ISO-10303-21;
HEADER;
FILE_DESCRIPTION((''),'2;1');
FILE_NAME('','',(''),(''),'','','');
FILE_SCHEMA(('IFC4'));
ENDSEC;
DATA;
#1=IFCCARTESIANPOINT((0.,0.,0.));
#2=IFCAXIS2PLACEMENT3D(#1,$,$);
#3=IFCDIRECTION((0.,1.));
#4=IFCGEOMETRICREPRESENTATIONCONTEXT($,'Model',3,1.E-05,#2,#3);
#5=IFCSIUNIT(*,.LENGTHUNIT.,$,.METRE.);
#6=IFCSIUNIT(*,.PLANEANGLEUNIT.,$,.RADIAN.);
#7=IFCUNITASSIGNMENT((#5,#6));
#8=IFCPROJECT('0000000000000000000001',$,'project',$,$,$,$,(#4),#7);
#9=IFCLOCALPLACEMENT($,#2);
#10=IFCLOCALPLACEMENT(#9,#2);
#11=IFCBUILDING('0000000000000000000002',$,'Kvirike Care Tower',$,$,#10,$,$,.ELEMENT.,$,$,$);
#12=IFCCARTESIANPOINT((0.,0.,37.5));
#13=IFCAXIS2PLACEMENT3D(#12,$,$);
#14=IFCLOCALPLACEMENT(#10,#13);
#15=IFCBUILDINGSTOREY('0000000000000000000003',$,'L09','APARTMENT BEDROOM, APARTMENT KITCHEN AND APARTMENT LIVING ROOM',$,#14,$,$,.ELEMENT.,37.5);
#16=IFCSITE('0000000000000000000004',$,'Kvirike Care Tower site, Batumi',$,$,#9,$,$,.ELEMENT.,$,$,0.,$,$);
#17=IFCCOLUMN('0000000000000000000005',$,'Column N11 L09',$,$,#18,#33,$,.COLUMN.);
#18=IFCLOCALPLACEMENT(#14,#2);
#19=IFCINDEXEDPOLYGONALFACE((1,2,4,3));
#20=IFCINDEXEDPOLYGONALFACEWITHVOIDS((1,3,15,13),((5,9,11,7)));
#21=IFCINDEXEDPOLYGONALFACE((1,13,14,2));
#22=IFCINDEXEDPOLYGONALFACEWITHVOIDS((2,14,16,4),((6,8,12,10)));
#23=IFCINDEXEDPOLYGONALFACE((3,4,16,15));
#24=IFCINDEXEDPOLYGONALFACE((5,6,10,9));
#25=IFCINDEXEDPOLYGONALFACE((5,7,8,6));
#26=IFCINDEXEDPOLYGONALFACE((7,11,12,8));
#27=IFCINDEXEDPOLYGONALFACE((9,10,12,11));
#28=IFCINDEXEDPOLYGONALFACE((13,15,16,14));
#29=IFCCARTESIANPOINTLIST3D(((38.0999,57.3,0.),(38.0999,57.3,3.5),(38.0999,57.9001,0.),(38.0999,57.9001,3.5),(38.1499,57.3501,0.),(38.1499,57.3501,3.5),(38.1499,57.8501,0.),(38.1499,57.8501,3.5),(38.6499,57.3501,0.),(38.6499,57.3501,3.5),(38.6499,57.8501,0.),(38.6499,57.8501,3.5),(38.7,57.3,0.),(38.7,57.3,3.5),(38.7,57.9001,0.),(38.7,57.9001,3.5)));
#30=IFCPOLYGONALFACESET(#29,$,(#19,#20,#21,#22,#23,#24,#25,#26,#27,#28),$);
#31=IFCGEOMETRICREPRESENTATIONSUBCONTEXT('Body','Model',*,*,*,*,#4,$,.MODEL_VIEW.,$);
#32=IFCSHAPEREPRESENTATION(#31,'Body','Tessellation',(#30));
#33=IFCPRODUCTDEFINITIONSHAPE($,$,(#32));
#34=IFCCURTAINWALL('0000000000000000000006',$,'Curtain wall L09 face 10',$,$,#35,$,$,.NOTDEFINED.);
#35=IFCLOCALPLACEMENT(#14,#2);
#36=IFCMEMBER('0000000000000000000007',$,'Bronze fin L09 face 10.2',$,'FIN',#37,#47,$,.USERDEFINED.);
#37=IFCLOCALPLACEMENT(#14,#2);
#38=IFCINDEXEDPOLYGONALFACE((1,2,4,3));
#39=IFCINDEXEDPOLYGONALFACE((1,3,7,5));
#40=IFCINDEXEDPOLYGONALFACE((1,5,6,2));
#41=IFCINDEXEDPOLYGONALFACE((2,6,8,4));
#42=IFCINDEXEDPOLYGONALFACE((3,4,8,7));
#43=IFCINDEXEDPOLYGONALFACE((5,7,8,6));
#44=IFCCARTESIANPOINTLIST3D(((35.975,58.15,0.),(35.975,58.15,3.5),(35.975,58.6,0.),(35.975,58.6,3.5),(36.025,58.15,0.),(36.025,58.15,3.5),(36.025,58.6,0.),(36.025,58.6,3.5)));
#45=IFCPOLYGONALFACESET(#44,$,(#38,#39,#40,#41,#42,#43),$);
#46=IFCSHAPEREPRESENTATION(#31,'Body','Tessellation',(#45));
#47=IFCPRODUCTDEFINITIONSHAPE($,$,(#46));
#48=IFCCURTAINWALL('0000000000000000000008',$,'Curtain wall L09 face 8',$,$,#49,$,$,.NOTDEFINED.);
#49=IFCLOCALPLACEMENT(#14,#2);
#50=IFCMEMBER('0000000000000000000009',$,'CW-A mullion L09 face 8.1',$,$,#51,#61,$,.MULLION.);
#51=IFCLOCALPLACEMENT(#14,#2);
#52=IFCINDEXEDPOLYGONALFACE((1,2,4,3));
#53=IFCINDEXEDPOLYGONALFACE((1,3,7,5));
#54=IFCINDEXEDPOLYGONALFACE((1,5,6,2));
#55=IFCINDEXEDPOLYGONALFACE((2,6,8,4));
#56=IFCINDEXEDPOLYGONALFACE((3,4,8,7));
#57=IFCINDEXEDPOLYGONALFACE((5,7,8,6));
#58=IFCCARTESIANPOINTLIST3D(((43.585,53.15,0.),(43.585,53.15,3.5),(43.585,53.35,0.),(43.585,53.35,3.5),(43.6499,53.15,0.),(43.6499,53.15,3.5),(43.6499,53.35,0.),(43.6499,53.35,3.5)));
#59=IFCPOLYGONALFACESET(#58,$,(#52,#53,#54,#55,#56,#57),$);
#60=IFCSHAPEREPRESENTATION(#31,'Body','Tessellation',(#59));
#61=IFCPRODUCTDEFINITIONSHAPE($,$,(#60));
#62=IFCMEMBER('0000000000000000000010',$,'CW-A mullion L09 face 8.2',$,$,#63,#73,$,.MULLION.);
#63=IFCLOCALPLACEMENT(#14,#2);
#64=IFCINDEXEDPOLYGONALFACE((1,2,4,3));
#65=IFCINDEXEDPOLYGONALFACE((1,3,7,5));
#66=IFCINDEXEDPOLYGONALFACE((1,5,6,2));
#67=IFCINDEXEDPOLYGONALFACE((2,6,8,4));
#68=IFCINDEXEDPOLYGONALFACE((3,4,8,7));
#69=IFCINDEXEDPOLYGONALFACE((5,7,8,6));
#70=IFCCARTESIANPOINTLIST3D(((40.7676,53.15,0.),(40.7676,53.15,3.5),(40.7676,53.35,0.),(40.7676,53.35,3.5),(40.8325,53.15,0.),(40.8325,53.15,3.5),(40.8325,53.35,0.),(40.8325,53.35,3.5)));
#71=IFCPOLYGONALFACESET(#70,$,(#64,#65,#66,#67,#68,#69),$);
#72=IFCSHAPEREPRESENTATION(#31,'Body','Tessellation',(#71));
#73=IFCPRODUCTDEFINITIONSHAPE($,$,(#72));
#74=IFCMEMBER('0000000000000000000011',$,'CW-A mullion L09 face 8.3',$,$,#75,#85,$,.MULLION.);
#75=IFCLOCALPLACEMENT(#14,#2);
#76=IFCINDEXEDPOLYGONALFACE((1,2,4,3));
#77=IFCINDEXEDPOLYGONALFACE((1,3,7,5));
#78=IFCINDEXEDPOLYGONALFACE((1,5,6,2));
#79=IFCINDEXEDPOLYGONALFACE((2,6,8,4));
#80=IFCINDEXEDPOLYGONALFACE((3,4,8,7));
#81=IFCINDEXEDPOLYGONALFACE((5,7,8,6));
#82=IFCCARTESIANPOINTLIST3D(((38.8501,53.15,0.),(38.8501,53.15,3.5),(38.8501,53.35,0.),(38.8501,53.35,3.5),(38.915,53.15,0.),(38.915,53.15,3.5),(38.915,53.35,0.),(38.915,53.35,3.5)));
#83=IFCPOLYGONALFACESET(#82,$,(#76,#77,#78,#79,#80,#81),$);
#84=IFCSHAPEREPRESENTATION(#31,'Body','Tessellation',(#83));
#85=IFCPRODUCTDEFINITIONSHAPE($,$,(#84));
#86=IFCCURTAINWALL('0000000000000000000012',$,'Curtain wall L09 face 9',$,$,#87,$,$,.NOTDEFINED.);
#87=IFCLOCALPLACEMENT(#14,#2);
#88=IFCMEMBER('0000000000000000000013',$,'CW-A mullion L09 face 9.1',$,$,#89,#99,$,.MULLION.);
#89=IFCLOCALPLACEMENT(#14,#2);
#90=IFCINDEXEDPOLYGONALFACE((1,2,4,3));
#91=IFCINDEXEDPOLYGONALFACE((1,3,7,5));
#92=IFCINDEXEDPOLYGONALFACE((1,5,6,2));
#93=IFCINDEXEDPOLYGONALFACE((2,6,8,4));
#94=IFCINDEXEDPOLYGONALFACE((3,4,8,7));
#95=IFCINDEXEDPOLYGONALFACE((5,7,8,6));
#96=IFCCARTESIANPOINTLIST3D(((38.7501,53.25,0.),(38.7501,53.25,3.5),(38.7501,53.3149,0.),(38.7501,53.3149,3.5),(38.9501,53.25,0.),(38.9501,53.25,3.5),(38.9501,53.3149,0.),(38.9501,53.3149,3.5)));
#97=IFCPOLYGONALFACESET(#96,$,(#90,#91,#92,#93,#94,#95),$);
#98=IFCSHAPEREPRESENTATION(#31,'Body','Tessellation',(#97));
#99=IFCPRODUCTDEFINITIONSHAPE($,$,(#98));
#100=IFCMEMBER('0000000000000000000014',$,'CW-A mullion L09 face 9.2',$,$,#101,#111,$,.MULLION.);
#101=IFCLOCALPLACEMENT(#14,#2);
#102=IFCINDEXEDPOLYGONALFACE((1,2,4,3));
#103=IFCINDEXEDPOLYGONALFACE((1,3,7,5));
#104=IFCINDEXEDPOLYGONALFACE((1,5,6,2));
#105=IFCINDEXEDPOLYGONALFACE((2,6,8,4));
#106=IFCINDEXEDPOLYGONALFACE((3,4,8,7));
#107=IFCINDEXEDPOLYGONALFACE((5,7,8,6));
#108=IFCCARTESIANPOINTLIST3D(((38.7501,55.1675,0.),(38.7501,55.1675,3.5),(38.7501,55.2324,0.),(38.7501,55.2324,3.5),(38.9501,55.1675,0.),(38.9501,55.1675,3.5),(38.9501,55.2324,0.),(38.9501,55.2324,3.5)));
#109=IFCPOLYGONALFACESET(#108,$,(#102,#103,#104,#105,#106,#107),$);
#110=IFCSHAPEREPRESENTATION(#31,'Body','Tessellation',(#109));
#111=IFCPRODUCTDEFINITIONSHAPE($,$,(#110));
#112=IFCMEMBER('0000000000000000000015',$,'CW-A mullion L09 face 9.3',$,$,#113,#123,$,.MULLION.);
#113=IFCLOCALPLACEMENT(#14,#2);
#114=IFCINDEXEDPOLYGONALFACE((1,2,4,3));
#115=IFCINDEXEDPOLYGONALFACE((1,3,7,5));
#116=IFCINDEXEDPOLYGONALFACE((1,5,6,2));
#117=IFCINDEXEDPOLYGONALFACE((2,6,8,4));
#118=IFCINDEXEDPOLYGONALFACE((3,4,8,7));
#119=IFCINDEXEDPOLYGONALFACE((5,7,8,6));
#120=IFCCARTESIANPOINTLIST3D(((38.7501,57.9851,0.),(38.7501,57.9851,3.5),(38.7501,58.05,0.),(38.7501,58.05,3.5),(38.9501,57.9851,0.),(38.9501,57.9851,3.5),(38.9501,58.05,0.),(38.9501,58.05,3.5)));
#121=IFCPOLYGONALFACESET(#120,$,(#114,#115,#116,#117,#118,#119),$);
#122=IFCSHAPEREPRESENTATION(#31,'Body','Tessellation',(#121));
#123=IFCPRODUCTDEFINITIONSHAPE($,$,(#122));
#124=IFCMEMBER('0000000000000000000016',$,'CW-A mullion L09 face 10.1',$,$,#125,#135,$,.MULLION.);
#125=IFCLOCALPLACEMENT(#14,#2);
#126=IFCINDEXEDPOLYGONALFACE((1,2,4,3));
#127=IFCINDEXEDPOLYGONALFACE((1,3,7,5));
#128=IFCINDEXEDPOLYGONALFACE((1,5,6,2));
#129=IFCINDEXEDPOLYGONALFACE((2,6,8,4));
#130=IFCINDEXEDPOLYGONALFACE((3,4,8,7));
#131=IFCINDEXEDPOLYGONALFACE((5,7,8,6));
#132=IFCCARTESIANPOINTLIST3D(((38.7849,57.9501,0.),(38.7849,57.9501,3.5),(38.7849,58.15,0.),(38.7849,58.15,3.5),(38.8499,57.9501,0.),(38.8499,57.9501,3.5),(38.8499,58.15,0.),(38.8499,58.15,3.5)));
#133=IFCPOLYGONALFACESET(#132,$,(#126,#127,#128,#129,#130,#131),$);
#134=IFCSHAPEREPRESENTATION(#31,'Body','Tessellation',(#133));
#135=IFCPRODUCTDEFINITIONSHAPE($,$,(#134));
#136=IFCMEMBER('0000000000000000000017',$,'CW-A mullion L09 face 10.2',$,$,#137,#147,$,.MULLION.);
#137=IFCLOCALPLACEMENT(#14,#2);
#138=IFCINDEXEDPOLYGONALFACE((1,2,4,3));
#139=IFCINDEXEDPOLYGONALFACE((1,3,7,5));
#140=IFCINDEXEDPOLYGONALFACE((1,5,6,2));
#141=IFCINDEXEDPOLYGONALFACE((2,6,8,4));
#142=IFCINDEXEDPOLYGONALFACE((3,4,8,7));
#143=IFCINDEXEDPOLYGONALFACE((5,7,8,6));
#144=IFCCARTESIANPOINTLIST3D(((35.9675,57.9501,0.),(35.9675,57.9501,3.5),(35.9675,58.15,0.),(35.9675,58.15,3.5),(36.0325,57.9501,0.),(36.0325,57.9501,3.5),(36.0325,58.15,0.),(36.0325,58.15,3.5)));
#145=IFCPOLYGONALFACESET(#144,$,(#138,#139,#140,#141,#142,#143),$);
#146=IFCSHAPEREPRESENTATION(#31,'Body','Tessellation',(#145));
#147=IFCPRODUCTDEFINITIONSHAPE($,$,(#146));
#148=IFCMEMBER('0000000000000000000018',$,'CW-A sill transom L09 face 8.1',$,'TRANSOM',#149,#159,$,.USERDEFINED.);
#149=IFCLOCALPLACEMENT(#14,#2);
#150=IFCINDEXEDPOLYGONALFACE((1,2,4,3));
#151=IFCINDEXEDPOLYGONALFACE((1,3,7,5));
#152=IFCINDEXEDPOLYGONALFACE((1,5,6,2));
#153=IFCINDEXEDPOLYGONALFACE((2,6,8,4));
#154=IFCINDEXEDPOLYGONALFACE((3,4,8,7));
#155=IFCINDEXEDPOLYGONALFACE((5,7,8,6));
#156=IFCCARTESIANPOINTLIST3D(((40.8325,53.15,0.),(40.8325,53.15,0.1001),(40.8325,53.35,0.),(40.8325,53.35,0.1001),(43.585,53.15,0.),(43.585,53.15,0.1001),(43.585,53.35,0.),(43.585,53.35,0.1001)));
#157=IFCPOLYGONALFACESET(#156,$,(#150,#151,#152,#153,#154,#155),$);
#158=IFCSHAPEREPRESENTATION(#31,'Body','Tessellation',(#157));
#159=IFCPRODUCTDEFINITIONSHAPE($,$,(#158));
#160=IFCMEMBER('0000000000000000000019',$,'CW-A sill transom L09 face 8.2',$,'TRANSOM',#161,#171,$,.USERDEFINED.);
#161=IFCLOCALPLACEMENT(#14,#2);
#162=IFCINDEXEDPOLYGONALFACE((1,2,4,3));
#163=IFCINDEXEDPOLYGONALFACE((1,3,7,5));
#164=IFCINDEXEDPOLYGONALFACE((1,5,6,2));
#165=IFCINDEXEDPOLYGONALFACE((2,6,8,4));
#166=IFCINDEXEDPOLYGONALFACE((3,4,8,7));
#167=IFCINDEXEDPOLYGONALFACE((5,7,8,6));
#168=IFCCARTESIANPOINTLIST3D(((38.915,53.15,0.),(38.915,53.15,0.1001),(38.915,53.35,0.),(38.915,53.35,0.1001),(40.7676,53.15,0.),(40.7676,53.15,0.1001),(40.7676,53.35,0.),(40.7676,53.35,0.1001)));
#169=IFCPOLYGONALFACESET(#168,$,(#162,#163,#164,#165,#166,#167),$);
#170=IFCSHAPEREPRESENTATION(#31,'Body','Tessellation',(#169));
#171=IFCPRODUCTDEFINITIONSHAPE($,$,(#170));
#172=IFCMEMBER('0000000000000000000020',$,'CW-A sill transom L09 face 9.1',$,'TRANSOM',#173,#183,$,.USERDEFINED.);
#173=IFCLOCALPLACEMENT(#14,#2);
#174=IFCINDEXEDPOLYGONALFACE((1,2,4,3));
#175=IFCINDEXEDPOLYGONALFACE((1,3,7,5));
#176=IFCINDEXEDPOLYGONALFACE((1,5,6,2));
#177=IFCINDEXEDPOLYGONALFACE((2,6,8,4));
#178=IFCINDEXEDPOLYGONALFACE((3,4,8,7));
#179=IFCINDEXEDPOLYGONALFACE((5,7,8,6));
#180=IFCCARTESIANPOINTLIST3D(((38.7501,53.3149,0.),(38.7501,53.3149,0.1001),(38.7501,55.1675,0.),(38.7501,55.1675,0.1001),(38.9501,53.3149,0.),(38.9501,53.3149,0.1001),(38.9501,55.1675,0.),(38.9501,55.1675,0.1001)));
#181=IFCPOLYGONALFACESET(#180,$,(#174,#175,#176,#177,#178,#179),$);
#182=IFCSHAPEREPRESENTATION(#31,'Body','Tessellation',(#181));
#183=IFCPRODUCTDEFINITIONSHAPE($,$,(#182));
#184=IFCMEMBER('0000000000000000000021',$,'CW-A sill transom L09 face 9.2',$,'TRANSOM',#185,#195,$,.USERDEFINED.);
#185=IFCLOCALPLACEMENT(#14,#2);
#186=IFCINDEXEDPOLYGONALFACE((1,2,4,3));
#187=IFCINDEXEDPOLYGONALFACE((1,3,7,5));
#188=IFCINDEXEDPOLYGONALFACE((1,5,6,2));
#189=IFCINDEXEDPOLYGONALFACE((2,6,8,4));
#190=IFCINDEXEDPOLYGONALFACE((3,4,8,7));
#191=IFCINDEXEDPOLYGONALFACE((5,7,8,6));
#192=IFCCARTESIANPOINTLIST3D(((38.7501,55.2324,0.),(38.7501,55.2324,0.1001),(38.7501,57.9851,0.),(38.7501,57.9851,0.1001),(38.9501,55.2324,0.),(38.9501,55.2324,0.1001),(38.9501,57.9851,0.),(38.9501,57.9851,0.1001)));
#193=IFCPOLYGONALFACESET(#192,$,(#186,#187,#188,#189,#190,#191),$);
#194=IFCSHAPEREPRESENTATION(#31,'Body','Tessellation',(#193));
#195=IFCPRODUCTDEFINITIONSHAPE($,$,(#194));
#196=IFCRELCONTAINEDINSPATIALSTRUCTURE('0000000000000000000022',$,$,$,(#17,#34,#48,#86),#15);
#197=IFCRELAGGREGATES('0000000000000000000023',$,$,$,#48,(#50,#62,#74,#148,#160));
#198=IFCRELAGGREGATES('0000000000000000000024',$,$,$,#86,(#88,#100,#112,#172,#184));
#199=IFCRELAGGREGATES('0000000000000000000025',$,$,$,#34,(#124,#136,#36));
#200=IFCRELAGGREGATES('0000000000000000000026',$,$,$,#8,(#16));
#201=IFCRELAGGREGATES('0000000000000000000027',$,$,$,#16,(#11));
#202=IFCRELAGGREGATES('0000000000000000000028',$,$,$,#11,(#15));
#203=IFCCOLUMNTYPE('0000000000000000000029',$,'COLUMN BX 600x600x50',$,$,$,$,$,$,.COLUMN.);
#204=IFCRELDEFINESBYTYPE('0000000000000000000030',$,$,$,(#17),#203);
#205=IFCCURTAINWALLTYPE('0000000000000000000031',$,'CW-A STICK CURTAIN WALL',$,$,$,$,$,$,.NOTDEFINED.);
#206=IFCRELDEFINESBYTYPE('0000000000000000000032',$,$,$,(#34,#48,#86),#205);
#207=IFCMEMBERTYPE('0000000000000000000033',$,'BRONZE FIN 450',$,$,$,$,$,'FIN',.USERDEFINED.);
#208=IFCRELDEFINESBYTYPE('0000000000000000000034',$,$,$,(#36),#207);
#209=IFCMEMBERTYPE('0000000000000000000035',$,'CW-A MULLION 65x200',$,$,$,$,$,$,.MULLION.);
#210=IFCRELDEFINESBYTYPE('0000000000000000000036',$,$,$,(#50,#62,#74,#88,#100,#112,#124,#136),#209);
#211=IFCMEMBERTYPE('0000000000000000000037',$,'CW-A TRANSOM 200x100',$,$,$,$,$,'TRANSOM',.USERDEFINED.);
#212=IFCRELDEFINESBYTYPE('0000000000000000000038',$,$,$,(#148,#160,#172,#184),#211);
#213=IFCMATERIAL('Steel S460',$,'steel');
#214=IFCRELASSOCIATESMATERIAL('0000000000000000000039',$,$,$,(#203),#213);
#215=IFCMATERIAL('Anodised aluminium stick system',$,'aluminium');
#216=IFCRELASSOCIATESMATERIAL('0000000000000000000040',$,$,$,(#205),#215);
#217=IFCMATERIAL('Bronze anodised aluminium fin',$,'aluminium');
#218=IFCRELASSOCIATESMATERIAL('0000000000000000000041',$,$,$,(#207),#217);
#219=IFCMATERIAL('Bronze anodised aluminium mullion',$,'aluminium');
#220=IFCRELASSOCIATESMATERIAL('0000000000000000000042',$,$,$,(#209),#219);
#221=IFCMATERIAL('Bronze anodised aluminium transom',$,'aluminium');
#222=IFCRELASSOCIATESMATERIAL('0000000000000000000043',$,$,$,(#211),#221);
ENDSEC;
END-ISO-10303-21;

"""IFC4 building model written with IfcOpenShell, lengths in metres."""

from ifc_helpers import new_model, si_unit, direction, frame, origin, origin_2d, place, context, subcontext, project, spatial, rectangle, hollow_rectangle, extrude, material, material_profile, profile_set, type_object, element, aggregate, save


model = new_model("IFC4")

# Units and contexts
model_context = context("Model", 3, precision=1e-05, world=origin(), true_north=direction((0.0, 1.0)))
body_context = subcontext(model_context, "Body", "Model", "MODEL_VIEW")
ifc_project = project(units=[si_unit("LENGTHUNIT", "METRE"), si_unit("PLANEANGLEUNIT", "RADIAN")], contexts=[model_context])

# Site, building, storey
site_placement = place(None, origin())
site = spatial("IfcSite", under=ifc_project, at=site_placement, Name="Kvirike Care Tower site, Batumi", CompositionType="ELEMENT", RefElevation=0.0)
building_placement = place(site_placement, origin())
building = spatial("IfcBuilding", under=site, at=building_placement, Name="Kvirike Care Tower", CompositionType="ELEMENT")
storey_placement = place(building_placement, frame((0.0, 0.0, 37.5)))
storey = spatial("IfcBuildingStorey", under=building, at=storey_placement, Name="L09", Description="APARTMENT BEDROOM, APARTMENT KITCHEN AND APARTMENT LIVING ROOM", CompositionType="ELEMENT", Elevation=37.5)

# Column
ifc_material_1 = material(Name="Steel S460", Category="steel")
ifc_material_profile_1 = material_profile(ifc_material_1, hollow_rectangle(XDim=0.6001, YDim=0.6001, WallThickness=0.05, at=origin_2d()), Name="BX 600x600x50")
ifc_profile_set_1 = profile_set([ifc_material_profile_1], Name="Steel S460")
column_type = type_object("IfcColumnType", Name="COLUMN BX 600x600x50", PredefinedType="COLUMN", material=ifc_profile_set_1)
column_placement = place(storey_placement, frame((38.3999, 57.6001, 0.0), z_axis=(0.0, 0.0, 1.0), x_axis=(0.0, 1.0, 0.0)))
element("IfcColumn", 1, at=column_placement, inside=storey, type_object=column_type, Name="Column N11 L09", PredefinedType="COLUMN", context=body_context, shape_type="SweptSolid", body=[
    extrude(hollow_rectangle(XDim=0.6001, YDim=0.6001, WallThickness=0.05, at=origin_2d()), origin(), (0.0, 0.0, 1.0), 3.5),
])

# Curtain wall, member
ifc_material_2 = material(Name="Anodised aluminium stick system", Category="aluminium")
curtain_wall_type = type_object("IfcCurtainWallType", Name="CW-A STICK CURTAIN WALL", PredefinedType="NOTDEFINED", material=ifc_material_2)
curtain_wall_1_placement = place(storey_placement, origin())
curtain_wall_1 = element("IfcCurtainWall", 2, at=curtain_wall_1_placement, inside=storey, type_object=curtain_wall_type, Name="Curtain wall L09 face 10", PredefinedType="NOTDEFINED")
ifc_material_3 = material(Name="Bronze anodised aluminium fin", Category="aluminium")
ifc_material_profile_2 = material_profile(ifc_material_3, rectangle(XDim=0.05, YDim=0.45, at=origin_2d()), Name="BRONZE FIN 450")
ifc_profile_set_2 = profile_set([ifc_material_profile_2], Name="Bronze anodised aluminium fin")
member_type_1 = type_object("IfcMemberType", Name="BRONZE FIN 450", ElementType="FIN", PredefinedType="USERDEFINED", material=ifc_profile_set_2)
member_1_placement = place(storey_placement, frame((36.0, 58.375, 0.0), z_axis=(0.0, 0.0, 1.0), x_axis=(-1.0, 0.0, 0.0)))
member_1 = element("IfcMember", 3, at=member_1_placement, type_object=member_type_1, Name="Bronze fin L09 face 10.2", ObjectType="FIN", PredefinedType="USERDEFINED", context=body_context, shape_type="SweptSolid", body=[
    extrude(rectangle(XDim=0.05, YDim=0.45, at=origin_2d()), origin(), (0.0, 0.0, 1.0), 3.5),
])

# Curtain walls, members
curtain_wall_2_placement = place(storey_placement, origin())
curtain_wall_2 = element("IfcCurtainWall", 4, at=curtain_wall_2_placement, inside=storey, type_object=curtain_wall_type, Name="Curtain wall L09 face 8", PredefinedType="NOTDEFINED")
ifc_material_4 = material(Name="Bronze anodised aluminium mullion", Category="aluminium")
ifc_material_profile_3 = material_profile(ifc_material_4, rectangle(XDim=0.0649, YDim=0.2, at=origin_2d()), Name="CW-A MULLION 65x200")
ifc_profile_set_3 = profile_set([ifc_material_profile_3], Name="Bronze anodised aluminium mullion")
member_type_2 = type_object("IfcMemberType", Name="CW-A MULLION 65x200", PredefinedType="MULLION", material=ifc_profile_set_3)
member_2_placement = place(storey_placement, frame((43.6174, 53.25, 0.0), z_axis=(0.0, 0.0, 1.0), x_axis=(-1.0, 0.0, 0.0)))
member_2 = element("IfcMember", 5, at=member_2_placement, type_object=member_type_2, Name="CW-A mullion L09 face 8.1", PredefinedType="MULLION", context=body_context, shape_type="SweptSolid", body=[
    extrude(rectangle(XDim=0.0649, YDim=0.2, at=origin_2d()), origin(), (0.0, 0.0, 1.0), 3.5),
])
member_3_placement = place(storey_placement, frame((40.8, 53.25, 0.0), z_axis=(0.0, 0.0, 1.0), x_axis=(-1.0, 0.0, 0.0)))
member_3 = element("IfcMember", 6, at=member_3_placement, type_object=member_type_2, Name="CW-A mullion L09 face 8.2", PredefinedType="MULLION", context=body_context, shape_type="SweptSolid", body=[
    extrude(rectangle(XDim=0.0649, YDim=0.2, at=origin_2d()), origin(), (0.0, 0.0, 1.0), 3.5),
])
member_4_placement = place(storey_placement, frame((38.8826, 53.25, 0.0), z_axis=(0.0, 0.0, 1.0), x_axis=(-1.0, 0.0, 0.0)))
member_4 = element("IfcMember", 7, at=member_4_placement, type_object=member_type_2, Name="CW-A mullion L09 face 8.3", PredefinedType="MULLION", context=body_context, shape_type="SweptSolid", body=[
    extrude(rectangle(XDim=0.0649, YDim=0.2, at=origin_2d()), origin(), (0.0, 0.0, 1.0), 3.5),
])
curtain_wall_3_placement = place(storey_placement, origin())
curtain_wall_3 = element("IfcCurtainWall", 8, at=curtain_wall_3_placement, inside=storey, type_object=curtain_wall_type, Name="Curtain wall L09 face 9", PredefinedType="NOTDEFINED")
member_5_placement = place(storey_placement, frame((38.8501, 53.2825, 0.0), z_axis=(0.0, 0.0, 1.0), x_axis=(0.0, 1.0, 0.0)))
member_5 = element("IfcMember", 9, at=member_5_placement, type_object=member_type_2, Name="CW-A mullion L09 face 9.1", PredefinedType="MULLION", context=body_context, shape_type="SweptSolid", body=[
    extrude(rectangle(XDim=0.0649, YDim=0.2, at=origin_2d()), origin(), (0.0, 0.0, 1.0), 3.5),
])
member_6_placement = place(storey_placement, frame((38.8501, 55.2, 0.0), z_axis=(0.0, 0.0, 1.0), x_axis=(0.0, 1.0, 0.0)))
member_6 = element("IfcMember", 10, at=member_6_placement, type_object=member_type_2, Name="CW-A mullion L09 face 9.2", PredefinedType="MULLION", context=body_context, shape_type="SweptSolid", body=[
    extrude(rectangle(XDim=0.0649, YDim=0.2, at=origin_2d()), origin(), (0.0, 0.0, 1.0), 3.5),
])
member_7_placement = place(storey_placement, frame((38.8501, 58.0176, 0.0), z_axis=(0.0, 0.0, 1.0), x_axis=(0.0, 1.0, 0.0)))
member_7 = element("IfcMember", 11, at=member_7_placement, type_object=member_type_2, Name="CW-A mullion L09 face 9.3", PredefinedType="MULLION", context=body_context, shape_type="SweptSolid", body=[
    extrude(rectangle(XDim=0.0649, YDim=0.2, at=origin_2d()), origin(), (0.0, 0.0, 1.0), 3.5),
])

# Members
member_8_placement = place(storey_placement, frame((38.8174, 58.05, 0.0), z_axis=(0.0, 0.0, 1.0), x_axis=(-1.0, 0.0, 0.0)))
member_8 = element("IfcMember", 12, at=member_8_placement, type_object=member_type_2, Name="CW-A mullion L09 face 10.1", PredefinedType="MULLION", context=body_context, shape_type="SweptSolid", body=[
    extrude(rectangle(XDim=0.0649, YDim=0.2, at=origin_2d()), origin(), (0.0, 0.0, 1.0), 3.5),
])
member_9_placement = place(storey_placement, frame((36.0, 58.05, 0.0), z_axis=(0.0, 0.0, 1.0), x_axis=(-1.0, 0.0, 0.0)))
member_9 = element("IfcMember", 13, at=member_9_placement, type_object=member_type_2, Name="CW-A mullion L09 face 10.2", PredefinedType="MULLION", context=body_context, shape_type="SweptSolid", body=[
    extrude(rectangle(XDim=0.0649, YDim=0.2, at=origin_2d()), origin(), (0.0, 0.0, 1.0), 3.5),
])
ifc_material_5 = material(Name="Bronze anodised aluminium transom", Category="aluminium")
ifc_material_profile_4 = material_profile(ifc_material_5, rectangle(XDim=0.2, YDim=0.1001, at=origin_2d()), Name="CW-A TRANSOM 200x100")
ifc_profile_set_4 = profile_set([ifc_material_profile_4], Name="Bronze anodised aluminium transom")
member_type_3 = type_object("IfcMemberType", Name="CW-A TRANSOM 200x100", ElementType="TRANSOM", PredefinedType="USERDEFINED", material=ifc_profile_set_4)
member_10_placement = place(storey_placement, frame((43.585, 53.25, 0.05), z_axis=(-1.0, 0.0, 0.0), x_axis=(0.0, -1.0, 0.0)))
member_10 = element("IfcMember", 14, at=member_10_placement, type_object=member_type_3, Name="CW-A sill transom L09 face 8.1", ObjectType="TRANSOM", PredefinedType="USERDEFINED", context=body_context, shape_type="SweptSolid", body=[
    extrude(rectangle(XDim=0.2, YDim=0.1001, at=origin_2d()), origin(), (0.0, 0.0, 1.0), 2.7524),
])
member_11_placement = place(storey_placement, frame((40.7676, 53.25, 0.05), z_axis=(-1.0, 0.0, 0.0), x_axis=(0.0, -1.0, 0.0)))
member_11 = element("IfcMember", 15, at=member_11_placement, type_object=member_type_3, Name="CW-A sill transom L09 face 8.2", ObjectType="TRANSOM", PredefinedType="USERDEFINED", context=body_context, shape_type="SweptSolid", body=[
    extrude(rectangle(XDim=0.2, YDim=0.1001, at=origin_2d()), origin(), (0.0, 0.0, 1.0), 1.8525),
])
member_12_placement = place(storey_placement, frame((38.8501, 53.3149, 0.05), z_axis=(0.0, 1.0, 0.0), x_axis=(-1.0, 0.0, 0.0)))
member_12 = element("IfcMember", 16, at=member_12_placement, type_object=member_type_3, Name="CW-A sill transom L09 face 9.1", ObjectType="TRANSOM", PredefinedType="USERDEFINED", context=body_context, shape_type="SweptSolid", body=[
    extrude(rectangle(XDim=0.2, YDim=0.1001, at=origin_2d()), origin(), (0.0, 0.0, 1.0), 1.8525),
])
member_13_placement = place(storey_placement, frame((38.8501, 55.2324, 0.05), z_axis=(0.0, 1.0, 0.0), x_axis=(-1.0, 0.0, 0.0)))
member_13 = element("IfcMember", 17, at=member_13_placement, type_object=member_type_3, Name="CW-A sill transom L09 face 9.2", ObjectType="TRANSOM", PredefinedType="USERDEFINED", context=body_context, shape_type="SweptSolid", body=[
    extrude(rectangle(XDim=0.2, YDim=0.1001, at=origin_2d()), origin(), (0.0, 0.0, 1.0), 2.7527),
])

aggregate(curtain_wall_2, [member_2, member_3, member_4, member_10, member_11])
aggregate(curtain_wall_3, [member_5, member_6, member_7, member_12, member_13])
aggregate(curtain_wall_1, [member_8, member_9, member_1])

save(model, "model.ifc")
